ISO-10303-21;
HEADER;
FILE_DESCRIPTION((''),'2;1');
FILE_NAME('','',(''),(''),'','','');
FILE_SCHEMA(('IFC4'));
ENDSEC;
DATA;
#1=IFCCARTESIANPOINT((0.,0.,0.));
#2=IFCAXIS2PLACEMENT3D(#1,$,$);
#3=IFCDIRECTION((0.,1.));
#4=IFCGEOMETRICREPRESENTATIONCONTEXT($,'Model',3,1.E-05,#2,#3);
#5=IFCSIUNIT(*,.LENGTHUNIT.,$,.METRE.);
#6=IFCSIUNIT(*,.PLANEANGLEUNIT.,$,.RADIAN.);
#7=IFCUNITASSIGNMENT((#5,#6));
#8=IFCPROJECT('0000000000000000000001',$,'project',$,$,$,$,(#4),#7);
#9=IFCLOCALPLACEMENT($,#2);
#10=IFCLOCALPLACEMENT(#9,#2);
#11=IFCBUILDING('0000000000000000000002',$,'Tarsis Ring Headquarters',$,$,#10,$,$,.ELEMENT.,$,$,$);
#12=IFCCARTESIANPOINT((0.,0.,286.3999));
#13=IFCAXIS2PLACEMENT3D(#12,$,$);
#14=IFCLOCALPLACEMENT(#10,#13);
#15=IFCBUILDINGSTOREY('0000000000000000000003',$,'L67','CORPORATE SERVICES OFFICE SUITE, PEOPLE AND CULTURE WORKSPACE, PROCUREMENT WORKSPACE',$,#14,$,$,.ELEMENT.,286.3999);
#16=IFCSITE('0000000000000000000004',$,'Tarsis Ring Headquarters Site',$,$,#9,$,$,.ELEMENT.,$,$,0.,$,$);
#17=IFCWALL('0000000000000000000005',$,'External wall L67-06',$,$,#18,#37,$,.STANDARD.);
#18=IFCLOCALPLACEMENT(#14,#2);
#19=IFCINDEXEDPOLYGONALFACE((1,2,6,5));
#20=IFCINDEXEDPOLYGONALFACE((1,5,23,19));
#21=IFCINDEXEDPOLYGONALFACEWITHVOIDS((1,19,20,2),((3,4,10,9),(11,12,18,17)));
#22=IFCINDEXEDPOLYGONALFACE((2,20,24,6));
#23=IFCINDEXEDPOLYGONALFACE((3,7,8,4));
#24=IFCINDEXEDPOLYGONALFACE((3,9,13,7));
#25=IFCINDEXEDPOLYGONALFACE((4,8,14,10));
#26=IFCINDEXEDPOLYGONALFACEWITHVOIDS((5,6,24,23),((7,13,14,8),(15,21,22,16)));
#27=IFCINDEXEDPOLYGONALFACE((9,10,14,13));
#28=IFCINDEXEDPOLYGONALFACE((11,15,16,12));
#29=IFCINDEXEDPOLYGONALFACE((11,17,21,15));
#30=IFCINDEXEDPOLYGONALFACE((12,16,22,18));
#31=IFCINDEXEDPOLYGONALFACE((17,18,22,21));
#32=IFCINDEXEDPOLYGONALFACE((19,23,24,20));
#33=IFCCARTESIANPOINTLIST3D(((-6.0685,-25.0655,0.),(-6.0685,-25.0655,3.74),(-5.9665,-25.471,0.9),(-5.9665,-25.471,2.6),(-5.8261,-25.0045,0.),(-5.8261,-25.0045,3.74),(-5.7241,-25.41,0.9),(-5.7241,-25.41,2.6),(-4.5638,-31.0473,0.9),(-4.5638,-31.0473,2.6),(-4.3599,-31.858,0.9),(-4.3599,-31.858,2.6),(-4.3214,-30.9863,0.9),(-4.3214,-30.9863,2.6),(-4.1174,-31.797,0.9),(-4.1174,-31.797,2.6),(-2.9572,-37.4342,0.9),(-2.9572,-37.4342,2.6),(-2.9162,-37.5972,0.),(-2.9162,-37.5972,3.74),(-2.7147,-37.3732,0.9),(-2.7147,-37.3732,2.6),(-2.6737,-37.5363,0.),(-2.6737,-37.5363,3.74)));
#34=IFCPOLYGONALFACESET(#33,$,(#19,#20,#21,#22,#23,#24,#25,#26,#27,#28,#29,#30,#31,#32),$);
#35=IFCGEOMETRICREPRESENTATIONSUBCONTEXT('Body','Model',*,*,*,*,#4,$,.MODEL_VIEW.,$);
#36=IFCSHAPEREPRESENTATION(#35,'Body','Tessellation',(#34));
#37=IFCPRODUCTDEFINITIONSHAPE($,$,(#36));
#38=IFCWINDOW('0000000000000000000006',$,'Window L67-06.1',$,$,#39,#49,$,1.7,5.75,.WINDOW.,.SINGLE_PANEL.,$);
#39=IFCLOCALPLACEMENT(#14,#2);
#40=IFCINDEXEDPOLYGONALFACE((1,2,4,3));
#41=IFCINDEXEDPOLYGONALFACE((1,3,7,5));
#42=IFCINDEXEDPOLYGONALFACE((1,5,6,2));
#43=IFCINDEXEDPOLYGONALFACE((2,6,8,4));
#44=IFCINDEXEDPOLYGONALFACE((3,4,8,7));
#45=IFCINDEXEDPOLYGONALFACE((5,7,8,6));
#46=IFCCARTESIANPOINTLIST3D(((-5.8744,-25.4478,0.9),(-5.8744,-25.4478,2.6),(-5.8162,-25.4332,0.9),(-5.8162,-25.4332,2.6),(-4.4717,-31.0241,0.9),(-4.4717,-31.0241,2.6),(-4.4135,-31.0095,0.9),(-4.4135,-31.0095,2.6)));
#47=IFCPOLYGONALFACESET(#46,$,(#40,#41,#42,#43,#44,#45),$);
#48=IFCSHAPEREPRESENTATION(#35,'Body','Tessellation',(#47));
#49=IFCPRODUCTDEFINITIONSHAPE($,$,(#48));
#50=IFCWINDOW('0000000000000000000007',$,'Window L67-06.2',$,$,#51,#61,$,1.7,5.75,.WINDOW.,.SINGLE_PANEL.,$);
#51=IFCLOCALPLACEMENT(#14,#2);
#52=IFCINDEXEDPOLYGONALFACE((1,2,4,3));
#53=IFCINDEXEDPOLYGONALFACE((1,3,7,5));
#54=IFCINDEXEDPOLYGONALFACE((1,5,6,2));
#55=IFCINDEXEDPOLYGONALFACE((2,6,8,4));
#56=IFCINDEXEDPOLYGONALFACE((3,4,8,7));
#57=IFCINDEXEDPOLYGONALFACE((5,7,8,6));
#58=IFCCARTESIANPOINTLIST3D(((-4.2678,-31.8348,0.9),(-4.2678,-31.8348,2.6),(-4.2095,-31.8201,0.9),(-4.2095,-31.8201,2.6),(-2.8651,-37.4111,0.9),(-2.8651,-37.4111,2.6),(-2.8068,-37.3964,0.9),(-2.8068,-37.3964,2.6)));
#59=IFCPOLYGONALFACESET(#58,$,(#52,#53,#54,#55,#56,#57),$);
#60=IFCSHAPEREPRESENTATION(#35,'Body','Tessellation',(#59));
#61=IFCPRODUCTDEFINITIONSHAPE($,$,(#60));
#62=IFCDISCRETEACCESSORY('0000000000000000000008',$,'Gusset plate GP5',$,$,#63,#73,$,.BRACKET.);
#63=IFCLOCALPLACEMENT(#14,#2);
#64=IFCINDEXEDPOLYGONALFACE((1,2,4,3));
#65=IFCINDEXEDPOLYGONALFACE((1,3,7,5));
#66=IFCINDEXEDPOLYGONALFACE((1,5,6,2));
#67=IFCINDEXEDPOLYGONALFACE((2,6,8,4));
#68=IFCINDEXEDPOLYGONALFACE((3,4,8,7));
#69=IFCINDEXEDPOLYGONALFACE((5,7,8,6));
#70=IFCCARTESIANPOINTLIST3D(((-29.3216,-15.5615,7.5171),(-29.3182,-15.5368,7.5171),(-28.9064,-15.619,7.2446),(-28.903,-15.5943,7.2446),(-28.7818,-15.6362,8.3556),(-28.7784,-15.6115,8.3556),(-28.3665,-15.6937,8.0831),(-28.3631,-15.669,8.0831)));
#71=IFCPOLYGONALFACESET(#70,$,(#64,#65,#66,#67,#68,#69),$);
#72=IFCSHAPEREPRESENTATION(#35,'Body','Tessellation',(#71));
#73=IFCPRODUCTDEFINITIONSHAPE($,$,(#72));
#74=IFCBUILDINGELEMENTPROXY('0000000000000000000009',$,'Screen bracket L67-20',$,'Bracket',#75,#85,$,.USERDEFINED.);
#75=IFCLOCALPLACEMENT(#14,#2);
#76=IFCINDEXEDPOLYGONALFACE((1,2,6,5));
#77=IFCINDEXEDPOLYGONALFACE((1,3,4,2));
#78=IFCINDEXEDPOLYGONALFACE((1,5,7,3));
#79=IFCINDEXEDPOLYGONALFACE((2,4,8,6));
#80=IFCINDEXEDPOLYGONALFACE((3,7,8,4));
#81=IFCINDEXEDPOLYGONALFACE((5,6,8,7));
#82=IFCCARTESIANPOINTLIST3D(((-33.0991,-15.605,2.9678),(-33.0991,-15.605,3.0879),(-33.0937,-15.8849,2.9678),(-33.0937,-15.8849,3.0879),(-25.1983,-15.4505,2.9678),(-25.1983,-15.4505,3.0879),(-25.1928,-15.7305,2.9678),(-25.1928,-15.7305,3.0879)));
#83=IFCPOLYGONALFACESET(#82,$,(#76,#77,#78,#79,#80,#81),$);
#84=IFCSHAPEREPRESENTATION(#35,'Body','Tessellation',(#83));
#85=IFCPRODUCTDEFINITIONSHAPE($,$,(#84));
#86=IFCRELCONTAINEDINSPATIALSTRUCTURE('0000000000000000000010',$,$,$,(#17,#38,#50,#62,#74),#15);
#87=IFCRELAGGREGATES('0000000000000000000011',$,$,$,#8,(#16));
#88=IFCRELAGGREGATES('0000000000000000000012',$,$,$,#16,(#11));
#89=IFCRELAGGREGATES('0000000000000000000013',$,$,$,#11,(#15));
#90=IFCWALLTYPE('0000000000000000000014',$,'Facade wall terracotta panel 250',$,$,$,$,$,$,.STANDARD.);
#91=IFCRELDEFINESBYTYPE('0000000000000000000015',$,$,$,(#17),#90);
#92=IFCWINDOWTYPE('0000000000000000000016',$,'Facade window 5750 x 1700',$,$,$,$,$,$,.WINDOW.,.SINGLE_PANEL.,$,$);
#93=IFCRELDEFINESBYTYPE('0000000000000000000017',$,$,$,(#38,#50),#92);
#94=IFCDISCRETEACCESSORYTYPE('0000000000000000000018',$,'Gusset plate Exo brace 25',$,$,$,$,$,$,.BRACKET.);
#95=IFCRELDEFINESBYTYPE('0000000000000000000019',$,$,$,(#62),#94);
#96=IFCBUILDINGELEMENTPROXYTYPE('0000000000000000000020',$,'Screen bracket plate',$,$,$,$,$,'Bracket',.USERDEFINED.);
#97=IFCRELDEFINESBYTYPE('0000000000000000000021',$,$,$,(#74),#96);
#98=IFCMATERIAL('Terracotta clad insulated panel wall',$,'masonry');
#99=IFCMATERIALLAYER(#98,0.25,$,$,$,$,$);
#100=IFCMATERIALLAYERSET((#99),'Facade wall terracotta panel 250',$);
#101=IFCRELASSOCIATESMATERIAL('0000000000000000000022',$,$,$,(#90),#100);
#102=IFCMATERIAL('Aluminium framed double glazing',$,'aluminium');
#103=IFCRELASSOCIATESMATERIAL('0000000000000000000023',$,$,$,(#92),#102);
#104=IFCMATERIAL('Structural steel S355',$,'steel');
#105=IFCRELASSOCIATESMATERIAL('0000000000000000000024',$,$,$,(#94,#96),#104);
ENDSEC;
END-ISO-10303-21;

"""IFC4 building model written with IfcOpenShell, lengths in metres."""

from ifc_helpers import new_model, si_unit, direction, frame, frame_2d, origin, origin_2d, place, context, subcontext, project, spatial, rectangle, extrude, material, layer, layer_set, material_profile, profile_set, type_object, element, fill, save


model = new_model("IFC4")

# Units and contexts
model_context = context("Model", 3, precision=1e-05, world=origin(), true_north=direction((0.0, 1.0)))
body_context = subcontext(model_context, "Body", "Model", "MODEL_VIEW")
ifc_project = project(units=[si_unit("LENGTHUNIT", "METRE"), si_unit("PLANEANGLEUNIT", "RADIAN")], contexts=[model_context])

# Site, building, storey
site_placement = place(None, origin())
site = spatial("IfcSite", under=ifc_project, at=site_placement, Name="Tarsis Ring Headquarters Site", CompositionType="ELEMENT", RefElevation=0.0)
building_placement = place(site_placement, origin())
building = spatial("IfcBuilding", under=site, at=building_placement, Name="Tarsis Ring Headquarters", CompositionType="ELEMENT")
storey_placement = place(building_placement, frame((0.0, 0.0, 286.3999)))
storey = spatial("IfcBuildingStorey", under=building, at=storey_placement, Name="L67", Description="CORPORATE SERVICES OFFICE SUITE, PEOPLE AND CULTURE WORKSPACE, PROCUREMENT WORKSPACE", CompositionType="ELEMENT", Elevation=286.3999)

# Shared definitions
ifc_material_1 = material(Name="Structural steel S355", Category="steel")

# Shared definitions
ifc_material_2 = material(Name="Terracotta clad insulated panel wall", Category="masonry")
ifc_layer_1 = layer(ifc_material_2, 0.25)
ifc_layer_set_1 = layer_set([ifc_layer_1], Name="Facade wall terracotta panel 250")
wall_type_1 = type_object("IfcWallType", Name="Facade wall terracotta panel 250", PredefinedType="STANDARD", material=ifc_layer_set_1)
ifc_material_3 = material(Name="Aluminium framed double glazing", Category="aluminium")

# Wall, openings, windows
wall_1_placement = place(storey_placement, frame((-5.9473, -25.0352, 0.0), z_axis=(0.0, 0.0, 1.0), x_axis=(0.243949, -0.969788, 0.0)))
wall_1 = element("IfcWall", 1, at=wall_1_placement, inside=storey, type_object=wall_type_1, Name="External wall L67-06", PredefinedType="STANDARD", context=body_context, shape_type="SweptSolid", body=[
    extrude(rectangle(XDim=12.9221, YDim=0.25, at=frame_2d((6.4609, 0.0))), origin(), (0.0, 0.0, 1.0), 3.74),
])
opening_1_placement = place(wall_1_placement, frame((0.418, 0.0, 0.8999)))
opening_1 = element("IfcOpeningElement", 2, at=opening_1_placement, cuts=wall_1, PredefinedType="OPENING", context=body_context, shape_type="SweptSolid", body=[
    extrude(rectangle(XDim=5.75, YDim=1.7, at=frame_2d((2.875, 0.8501))), frame((0.0, 0.135, 0.0), z_axis=(0.0, -1.0, 0.0), x_axis=(1.0, 0.0, 0.0)), (0.0, 0.0, 1.0), 0.27),
])
opening_2_placement = place(wall_1_placement, frame((7.0039, 0.0, 0.8999)))
opening_2 = element("IfcOpeningElement", 3, at=opening_2_placement, cuts=wall_1, PredefinedType="OPENING", context=body_context, shape_type="SweptSolid", body=[
    extrude(rectangle(XDim=5.75, YDim=1.7, at=frame_2d((2.875, 0.8501))), frame((0.0, 0.135, 0.0), z_axis=(0.0, -1.0, 0.0), x_axis=(1.0, 0.0, 0.0)), (0.0, 0.0, 1.0), 0.27),
])
window_type_1 = type_object("IfcWindowType", Name="Facade window 5750 x 1700", PartitioningType="SINGLE_PANEL", PredefinedType="WINDOW", material=ifc_material_3)
window_1_placement = place(opening_1_placement, origin())
window_1 = element("IfcWindow", 4, at=window_1_placement, inside=storey, type_object=window_type_1, Name="Window L67-06.1", OverallHeight=1.7, OverallWidth=5.75, PartitioningType="SINGLE_PANEL", PredefinedType="WINDOW", context=body_context, shape_type="SweptSolid", body=[
    extrude(rectangle(XDim=5.75, YDim=1.7, at=frame_2d((2.875, 0.8501))), frame((0.0, 0.03, 0.0), z_axis=(0.0, -1.0, 0.0), x_axis=(1.0, 0.0, 0.0)), (0.0, 0.0, 1.0), 0.0601),
])
fill(opening_1, window_1)
window_2_placement = place(opening_2_placement, origin())
window_2 = element("IfcWindow", 5, at=window_2_placement, inside=storey, type_object=window_type_1, Name="Window L67-06.2", OverallHeight=1.7, OverallWidth=5.75, PartitioningType="SINGLE_PANEL", PredefinedType="WINDOW", context=body_context, shape_type="SweptSolid", body=[
    extrude(rectangle(XDim=5.75, YDim=1.7, at=frame_2d((2.875, 0.8501))), frame((0.0, 0.03, 0.0), z_axis=(0.0, -1.0, 0.0), x_axis=(1.0, 0.0, 0.0)), (0.0, 0.0, 1.0), 0.0601),
])
fill(opening_2, window_2)

# Discrete accessory
ifc_material_profile_1 = material_profile(ifc_material_1, rectangle(XDim=0.0249, YDim=0.5, at=origin_2d()), Name="PL 25x500")
ifc_profile_set_1 = profile_set([ifc_material_profile_1], Name="Structural steel S355")
discrete_accessory_type = type_object("IfcDiscreteAccessoryType", Name="Gusset plate Exo brace 25", PredefinedType="BRACKET", material=ifc_profile_set_1)
discrete_accessory_placement = place(storey_placement, frame((-29.1123, -15.5779, 7.3809), z_axis=(0.539838, -0.074713, 0.838446), x_axis=(0.137092, 0.990558, 0.0)))
element("IfcDiscreteAccessory", 6, at=discrete_accessory_placement, inside=storey, type_object=discrete_accessory_type, Name="Gusset plate GP5", PredefinedType="BRACKET", context=body_context, shape_type="SweptSolid", body=[
    extrude(rectangle(XDim=0.0249, YDim=0.5, at=origin_2d()), origin(), (0.0, 0.0, 1.0), 1.0),
])

# Building element proxy
building_element_proxy_type = type_object("IfcBuildingElementProxyType", Name="Screen bracket plate", ElementType="Bracket", PredefinedType="USERDEFINED", material=ifc_material_1)
proxy_placement = place(storey_placement, frame((-29.146, -15.6677, 2.9678), z_axis=(0.0, 0.0, 1.0), x_axis=(0.999809, 0.019546, 0.0)))
element("IfcBuildingElementProxy", 7, at=proxy_placement, inside=storey, type_object=building_element_proxy_type, Name="Screen bracket L67-20", ObjectType="Bracket", PredefinedType="USERDEFINED", context=body_context, shape_type="SweptSolid", body=[
    extrude(rectangle(XDim=7.9023, YDim=0.28, at=origin_2d()), origin(), (0.0, 0.0, 1.0), 0.1201),
])

save(model, "model.ifc")
